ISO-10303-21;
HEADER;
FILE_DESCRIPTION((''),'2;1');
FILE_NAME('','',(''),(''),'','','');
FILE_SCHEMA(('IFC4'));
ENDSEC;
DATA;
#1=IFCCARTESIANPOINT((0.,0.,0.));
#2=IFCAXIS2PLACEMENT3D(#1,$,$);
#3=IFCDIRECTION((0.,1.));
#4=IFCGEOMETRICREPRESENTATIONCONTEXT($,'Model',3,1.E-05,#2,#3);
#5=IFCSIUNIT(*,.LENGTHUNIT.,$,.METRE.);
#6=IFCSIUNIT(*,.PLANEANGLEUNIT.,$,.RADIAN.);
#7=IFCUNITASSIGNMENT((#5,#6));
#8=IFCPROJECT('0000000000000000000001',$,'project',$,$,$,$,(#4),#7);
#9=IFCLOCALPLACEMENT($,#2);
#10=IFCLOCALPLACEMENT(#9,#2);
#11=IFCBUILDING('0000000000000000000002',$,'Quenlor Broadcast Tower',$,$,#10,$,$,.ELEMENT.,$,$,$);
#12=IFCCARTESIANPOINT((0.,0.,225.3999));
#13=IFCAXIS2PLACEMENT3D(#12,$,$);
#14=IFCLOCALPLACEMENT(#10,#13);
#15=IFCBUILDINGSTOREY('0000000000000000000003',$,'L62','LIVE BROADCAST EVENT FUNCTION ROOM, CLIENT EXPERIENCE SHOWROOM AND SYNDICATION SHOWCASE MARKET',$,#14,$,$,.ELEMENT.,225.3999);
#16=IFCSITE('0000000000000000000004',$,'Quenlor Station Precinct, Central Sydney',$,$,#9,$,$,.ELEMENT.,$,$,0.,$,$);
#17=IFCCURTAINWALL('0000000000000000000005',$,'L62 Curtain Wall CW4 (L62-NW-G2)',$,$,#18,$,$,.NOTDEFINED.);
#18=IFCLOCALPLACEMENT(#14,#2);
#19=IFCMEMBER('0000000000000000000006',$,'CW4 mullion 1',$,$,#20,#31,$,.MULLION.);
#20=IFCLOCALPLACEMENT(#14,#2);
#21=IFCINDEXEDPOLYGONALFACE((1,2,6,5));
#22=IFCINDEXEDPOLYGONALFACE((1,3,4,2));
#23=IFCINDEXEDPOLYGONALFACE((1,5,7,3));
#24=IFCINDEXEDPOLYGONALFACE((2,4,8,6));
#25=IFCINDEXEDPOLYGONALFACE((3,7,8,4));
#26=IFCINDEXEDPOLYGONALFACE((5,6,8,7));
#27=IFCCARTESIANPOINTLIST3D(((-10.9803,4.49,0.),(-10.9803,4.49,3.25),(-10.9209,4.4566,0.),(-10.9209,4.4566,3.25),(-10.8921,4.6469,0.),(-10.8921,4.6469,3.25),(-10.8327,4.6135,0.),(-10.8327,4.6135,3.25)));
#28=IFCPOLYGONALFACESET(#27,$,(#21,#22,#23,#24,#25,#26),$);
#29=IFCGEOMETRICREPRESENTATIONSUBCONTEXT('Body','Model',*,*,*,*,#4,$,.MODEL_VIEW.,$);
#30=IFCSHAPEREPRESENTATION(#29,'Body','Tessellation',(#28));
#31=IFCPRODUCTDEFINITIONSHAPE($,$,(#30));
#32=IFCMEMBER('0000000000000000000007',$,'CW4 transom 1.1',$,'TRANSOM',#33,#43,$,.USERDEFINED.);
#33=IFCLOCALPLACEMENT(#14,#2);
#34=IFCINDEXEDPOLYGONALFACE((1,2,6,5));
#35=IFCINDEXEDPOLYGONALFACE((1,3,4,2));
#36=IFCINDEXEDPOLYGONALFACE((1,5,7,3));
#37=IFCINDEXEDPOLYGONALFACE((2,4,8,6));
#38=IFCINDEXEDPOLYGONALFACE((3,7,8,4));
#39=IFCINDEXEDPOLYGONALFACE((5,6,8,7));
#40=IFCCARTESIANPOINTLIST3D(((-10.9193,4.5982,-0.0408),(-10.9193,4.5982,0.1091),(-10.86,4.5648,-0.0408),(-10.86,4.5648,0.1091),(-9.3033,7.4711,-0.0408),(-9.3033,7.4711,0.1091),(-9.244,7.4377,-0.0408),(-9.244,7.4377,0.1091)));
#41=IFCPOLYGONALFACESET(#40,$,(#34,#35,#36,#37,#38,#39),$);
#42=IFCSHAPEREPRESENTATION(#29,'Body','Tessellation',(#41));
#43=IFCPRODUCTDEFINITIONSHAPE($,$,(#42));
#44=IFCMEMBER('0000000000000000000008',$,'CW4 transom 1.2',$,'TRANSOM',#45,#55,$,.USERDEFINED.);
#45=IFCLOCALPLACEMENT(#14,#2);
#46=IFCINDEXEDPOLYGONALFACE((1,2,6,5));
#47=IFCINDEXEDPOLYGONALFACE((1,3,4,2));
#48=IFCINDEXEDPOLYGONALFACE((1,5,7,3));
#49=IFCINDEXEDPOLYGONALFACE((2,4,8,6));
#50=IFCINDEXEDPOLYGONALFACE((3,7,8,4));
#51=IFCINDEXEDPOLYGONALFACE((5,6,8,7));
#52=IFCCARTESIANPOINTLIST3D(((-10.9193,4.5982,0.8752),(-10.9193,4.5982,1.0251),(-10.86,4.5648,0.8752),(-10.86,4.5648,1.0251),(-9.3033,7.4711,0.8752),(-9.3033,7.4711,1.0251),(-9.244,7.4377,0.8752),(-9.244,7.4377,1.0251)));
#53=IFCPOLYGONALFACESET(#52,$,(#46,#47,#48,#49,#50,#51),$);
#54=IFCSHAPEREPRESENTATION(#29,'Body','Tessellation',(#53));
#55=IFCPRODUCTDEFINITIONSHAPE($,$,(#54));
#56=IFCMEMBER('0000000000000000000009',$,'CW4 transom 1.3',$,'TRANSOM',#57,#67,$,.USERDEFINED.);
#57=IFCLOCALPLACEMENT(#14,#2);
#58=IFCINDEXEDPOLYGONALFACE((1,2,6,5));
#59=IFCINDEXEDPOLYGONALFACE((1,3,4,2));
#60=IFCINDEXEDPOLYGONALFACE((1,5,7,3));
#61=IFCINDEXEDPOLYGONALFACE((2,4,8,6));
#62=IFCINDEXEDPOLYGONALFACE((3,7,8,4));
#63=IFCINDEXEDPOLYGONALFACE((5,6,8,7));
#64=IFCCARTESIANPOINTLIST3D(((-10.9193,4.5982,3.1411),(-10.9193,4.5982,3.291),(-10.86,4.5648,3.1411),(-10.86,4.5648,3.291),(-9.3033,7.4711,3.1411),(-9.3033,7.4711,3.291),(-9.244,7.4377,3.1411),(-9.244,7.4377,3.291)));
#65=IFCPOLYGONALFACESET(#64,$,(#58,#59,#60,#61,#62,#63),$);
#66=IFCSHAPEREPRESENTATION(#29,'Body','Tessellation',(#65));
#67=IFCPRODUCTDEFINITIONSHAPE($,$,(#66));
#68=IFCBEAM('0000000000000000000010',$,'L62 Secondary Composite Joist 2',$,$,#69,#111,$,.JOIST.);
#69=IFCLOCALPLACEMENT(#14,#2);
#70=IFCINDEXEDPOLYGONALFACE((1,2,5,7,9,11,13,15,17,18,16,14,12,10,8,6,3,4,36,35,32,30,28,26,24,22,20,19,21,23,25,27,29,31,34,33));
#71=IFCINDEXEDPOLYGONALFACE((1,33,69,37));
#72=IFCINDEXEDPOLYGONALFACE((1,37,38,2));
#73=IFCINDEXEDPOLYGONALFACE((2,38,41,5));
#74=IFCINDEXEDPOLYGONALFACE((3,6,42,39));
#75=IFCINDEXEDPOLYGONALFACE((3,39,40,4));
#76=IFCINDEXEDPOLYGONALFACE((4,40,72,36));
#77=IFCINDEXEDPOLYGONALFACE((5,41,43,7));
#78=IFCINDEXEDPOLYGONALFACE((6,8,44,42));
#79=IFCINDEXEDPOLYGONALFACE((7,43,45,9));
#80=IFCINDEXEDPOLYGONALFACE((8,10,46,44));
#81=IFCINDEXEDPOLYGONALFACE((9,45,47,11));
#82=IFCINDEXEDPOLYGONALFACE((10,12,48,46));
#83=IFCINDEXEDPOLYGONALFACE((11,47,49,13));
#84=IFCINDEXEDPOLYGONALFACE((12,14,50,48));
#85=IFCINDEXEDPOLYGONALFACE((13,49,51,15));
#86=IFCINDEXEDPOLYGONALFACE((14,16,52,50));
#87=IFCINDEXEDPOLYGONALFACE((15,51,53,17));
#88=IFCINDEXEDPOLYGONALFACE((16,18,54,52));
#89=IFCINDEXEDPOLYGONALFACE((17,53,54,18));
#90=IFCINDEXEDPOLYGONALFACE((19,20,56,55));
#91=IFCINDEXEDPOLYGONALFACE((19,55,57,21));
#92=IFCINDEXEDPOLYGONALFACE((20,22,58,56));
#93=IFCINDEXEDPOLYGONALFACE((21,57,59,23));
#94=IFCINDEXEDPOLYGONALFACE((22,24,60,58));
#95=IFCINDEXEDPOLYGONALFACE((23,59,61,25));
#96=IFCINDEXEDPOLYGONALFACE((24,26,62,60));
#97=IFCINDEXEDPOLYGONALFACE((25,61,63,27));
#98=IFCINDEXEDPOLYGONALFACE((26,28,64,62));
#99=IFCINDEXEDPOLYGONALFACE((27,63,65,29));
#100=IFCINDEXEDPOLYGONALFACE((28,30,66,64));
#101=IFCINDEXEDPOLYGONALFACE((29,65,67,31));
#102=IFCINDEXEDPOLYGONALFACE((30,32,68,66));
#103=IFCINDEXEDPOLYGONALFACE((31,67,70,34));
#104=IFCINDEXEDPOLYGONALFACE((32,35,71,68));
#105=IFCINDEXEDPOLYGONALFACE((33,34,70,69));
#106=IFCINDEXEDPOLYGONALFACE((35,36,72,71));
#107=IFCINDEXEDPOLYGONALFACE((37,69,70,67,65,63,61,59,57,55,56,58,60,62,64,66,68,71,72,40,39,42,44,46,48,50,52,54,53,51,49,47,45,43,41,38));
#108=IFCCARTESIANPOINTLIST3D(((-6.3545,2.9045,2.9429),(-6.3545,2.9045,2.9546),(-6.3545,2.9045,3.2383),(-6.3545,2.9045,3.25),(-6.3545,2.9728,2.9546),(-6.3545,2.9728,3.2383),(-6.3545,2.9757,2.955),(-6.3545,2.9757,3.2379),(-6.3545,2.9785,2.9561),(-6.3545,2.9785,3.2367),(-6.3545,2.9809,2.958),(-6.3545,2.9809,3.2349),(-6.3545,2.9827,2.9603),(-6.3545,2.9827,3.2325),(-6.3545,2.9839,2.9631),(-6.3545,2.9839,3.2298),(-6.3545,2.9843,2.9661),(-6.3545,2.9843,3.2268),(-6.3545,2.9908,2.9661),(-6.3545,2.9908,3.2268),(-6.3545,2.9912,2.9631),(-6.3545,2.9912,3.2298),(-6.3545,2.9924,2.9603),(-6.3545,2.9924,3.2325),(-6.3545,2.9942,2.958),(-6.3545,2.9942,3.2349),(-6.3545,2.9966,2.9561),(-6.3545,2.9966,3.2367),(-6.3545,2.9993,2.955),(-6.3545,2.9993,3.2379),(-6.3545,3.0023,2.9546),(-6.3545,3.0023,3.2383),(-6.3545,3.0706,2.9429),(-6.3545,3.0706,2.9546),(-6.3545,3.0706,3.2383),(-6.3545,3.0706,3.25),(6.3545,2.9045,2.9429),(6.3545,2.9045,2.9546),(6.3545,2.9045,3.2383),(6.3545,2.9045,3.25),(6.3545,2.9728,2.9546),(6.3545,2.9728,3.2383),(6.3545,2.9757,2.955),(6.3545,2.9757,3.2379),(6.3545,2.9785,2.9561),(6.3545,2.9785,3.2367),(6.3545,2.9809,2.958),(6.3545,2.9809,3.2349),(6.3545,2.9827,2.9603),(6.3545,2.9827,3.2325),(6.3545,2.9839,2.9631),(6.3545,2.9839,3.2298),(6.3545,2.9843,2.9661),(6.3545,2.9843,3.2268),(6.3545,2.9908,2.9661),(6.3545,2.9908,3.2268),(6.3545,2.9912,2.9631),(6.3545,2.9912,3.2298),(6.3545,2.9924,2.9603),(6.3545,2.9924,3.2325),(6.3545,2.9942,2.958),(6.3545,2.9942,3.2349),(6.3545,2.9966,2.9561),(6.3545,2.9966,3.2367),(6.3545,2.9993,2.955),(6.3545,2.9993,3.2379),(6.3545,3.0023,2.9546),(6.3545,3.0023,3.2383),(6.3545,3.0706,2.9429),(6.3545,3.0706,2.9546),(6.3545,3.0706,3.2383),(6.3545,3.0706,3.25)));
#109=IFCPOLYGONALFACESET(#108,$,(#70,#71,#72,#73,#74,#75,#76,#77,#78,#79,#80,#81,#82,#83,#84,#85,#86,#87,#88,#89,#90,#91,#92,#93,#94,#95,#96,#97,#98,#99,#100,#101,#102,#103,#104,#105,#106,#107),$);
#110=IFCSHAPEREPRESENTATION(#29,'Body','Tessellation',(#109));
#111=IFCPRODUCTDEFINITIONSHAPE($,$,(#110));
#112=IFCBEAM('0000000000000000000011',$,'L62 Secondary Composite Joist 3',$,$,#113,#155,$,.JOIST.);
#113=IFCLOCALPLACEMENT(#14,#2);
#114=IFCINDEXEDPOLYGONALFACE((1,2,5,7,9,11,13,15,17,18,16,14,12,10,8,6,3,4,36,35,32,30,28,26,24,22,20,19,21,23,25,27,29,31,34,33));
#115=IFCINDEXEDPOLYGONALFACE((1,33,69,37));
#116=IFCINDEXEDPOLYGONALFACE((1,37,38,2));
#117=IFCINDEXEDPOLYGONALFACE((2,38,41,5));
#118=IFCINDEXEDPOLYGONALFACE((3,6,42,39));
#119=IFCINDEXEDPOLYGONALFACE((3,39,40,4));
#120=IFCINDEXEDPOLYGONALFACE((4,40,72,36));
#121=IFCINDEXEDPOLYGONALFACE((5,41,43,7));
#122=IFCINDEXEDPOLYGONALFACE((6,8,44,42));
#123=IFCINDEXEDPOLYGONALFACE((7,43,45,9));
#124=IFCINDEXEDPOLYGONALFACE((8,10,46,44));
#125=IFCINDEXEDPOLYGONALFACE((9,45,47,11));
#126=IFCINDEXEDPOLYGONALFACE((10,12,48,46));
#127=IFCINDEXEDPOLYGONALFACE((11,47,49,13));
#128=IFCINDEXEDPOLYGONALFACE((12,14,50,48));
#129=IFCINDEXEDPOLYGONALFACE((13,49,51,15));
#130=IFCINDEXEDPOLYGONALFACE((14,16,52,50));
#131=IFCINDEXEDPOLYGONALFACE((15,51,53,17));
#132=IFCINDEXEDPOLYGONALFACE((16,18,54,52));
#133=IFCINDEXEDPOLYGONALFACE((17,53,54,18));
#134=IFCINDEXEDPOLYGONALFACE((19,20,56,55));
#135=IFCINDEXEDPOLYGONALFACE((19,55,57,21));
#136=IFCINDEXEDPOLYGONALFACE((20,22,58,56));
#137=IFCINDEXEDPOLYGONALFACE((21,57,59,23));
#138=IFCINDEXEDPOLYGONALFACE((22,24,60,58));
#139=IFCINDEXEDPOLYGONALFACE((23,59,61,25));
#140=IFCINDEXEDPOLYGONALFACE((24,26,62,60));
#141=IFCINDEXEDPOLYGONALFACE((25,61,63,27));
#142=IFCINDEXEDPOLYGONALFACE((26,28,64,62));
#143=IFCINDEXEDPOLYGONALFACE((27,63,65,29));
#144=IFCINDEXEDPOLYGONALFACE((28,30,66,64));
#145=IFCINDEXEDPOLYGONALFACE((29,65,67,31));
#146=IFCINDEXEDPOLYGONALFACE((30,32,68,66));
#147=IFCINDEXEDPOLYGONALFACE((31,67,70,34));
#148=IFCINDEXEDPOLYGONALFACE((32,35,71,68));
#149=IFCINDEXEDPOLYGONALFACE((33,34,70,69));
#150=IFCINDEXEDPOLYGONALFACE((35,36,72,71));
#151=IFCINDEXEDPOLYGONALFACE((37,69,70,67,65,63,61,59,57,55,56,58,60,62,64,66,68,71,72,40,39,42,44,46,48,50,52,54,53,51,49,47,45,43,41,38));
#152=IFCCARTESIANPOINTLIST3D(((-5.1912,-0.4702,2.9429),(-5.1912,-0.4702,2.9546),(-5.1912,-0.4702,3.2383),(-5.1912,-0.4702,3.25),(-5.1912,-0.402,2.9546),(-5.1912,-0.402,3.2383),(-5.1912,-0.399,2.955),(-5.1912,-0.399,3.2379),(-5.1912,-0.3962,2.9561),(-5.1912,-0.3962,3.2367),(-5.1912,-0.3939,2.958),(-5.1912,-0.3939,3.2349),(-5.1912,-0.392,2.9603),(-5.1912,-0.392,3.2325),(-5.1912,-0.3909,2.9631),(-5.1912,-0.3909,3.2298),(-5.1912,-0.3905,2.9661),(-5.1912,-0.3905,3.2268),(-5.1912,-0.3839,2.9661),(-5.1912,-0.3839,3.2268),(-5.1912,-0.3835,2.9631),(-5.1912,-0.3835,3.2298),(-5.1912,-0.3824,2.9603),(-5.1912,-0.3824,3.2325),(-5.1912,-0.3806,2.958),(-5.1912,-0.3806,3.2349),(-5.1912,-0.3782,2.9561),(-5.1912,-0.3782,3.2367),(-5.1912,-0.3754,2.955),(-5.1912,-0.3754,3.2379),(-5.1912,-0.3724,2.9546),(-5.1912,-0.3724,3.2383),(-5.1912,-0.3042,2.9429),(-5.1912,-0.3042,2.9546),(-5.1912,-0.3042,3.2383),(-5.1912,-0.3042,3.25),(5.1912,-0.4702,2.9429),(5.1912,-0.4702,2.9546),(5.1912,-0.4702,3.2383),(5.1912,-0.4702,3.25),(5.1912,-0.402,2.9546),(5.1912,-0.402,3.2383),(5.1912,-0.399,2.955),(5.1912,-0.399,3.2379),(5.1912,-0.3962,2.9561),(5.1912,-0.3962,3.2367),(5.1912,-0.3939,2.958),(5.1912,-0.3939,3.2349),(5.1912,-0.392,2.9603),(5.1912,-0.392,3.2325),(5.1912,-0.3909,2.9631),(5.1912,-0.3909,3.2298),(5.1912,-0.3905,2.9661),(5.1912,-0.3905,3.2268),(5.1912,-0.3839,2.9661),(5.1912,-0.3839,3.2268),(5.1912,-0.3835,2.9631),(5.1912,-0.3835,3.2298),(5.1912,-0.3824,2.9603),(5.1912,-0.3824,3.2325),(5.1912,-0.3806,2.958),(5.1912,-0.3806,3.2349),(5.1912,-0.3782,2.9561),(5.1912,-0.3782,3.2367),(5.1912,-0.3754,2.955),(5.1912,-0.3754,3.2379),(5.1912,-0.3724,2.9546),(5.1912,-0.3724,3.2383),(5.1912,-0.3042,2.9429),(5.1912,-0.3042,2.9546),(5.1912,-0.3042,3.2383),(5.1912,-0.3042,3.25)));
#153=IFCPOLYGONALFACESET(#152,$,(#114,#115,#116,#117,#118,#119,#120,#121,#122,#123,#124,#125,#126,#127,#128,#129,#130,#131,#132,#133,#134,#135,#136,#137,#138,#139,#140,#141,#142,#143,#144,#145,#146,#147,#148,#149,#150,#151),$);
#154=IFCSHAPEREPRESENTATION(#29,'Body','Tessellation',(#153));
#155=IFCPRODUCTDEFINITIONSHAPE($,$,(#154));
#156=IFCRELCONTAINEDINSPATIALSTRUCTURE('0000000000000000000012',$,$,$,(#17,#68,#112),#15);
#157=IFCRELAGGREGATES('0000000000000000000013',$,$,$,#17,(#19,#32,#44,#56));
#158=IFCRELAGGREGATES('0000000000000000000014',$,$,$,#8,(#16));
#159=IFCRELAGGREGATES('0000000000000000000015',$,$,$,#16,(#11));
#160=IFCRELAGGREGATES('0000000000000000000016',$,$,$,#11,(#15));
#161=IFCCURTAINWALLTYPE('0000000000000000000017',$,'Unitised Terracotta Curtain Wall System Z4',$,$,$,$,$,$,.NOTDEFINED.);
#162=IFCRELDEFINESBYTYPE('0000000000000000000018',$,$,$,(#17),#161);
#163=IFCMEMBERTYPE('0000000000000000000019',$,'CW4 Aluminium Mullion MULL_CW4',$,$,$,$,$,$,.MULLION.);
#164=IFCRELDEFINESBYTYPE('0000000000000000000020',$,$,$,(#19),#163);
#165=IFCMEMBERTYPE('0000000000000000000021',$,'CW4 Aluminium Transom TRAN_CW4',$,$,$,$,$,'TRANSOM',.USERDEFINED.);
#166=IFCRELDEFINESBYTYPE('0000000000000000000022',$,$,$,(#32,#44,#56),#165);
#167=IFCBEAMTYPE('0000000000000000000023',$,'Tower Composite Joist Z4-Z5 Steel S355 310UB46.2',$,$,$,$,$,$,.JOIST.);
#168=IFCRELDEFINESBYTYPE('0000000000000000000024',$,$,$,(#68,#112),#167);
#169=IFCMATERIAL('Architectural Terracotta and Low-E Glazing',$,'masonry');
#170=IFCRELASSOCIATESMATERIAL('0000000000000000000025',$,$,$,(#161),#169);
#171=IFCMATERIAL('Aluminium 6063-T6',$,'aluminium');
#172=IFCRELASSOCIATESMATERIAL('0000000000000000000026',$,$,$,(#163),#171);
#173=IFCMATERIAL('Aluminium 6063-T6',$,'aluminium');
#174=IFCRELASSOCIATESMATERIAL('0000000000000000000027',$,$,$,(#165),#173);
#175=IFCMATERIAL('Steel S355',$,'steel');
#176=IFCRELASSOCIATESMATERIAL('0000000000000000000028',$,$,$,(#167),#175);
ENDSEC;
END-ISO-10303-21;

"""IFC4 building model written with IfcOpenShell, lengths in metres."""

from ifc_helpers import new_model, si_unit, direction, frame, origin, origin_2d, place, context, subcontext, project, spatial, rectangle, i_section, extrude, material, material_profile, profile_set, type_object, element, aggregate, save


model = new_model("IFC4")

# Units and contexts
model_context = context("Model", 3, precision=1e-05, world=origin(), true_north=direction((0.0, 1.0)))
body_context = subcontext(model_context, "Body", "Model", "MODEL_VIEW")
ifc_project = project(units=[si_unit("LENGTHUNIT", "METRE"), si_unit("PLANEANGLEUNIT", "RADIAN")], contexts=[model_context])

# Site, building, storey
site_placement = place(None, origin())
site = spatial("IfcSite", under=ifc_project, at=site_placement, Name="Quenlor Station Precinct, Central Sydney", CompositionType="ELEMENT", RefElevation=0.0)
building_placement = place(site_placement, origin())
building = spatial("IfcBuilding", under=site, at=building_placement, Name="Quenlor Broadcast Tower", CompositionType="ELEMENT")
storey_placement = place(building_placement, frame((0.0, 0.0, 225.3999)))
storey = spatial("IfcBuildingStorey", under=building, at=storey_placement, Name="L62", Description="LIVE BROADCAST EVENT FUNCTION ROOM, CLIENT EXPERIENCE SHOWROOM AND SYNDICATION SHOWCASE MARKET", CompositionType="ELEMENT", Elevation=225.3999)

# Curtain wall, members
ifc_material_1 = material(Name="Architectural Terracotta and Low-E Glazing", Category="masonry")
curtain_wall_type = type_object("IfcCurtainWallType", Name="Unitised Terracotta Curtain Wall System Z4", PredefinedType="NOTDEFINED", material=ifc_material_1)
curtain_wall_placement = place(storey_placement, origin())
curtain_wall = element("IfcCurtainWall", 1, at=curtain_wall_placement, inside=storey, type_object=curtain_wall_type, Name="L62 Curtain Wall CW4 (L62-NW-G2)", PredefinedType="NOTDEFINED")
ifc_material_2 = material(Name="Aluminium 6063-T6", Category="aluminium")
ifc_material_profile_1 = material_profile(ifc_material_2, rectangle(XDim=0.0681, YDim=0.1799, at=origin_2d()))
ifc_profile_set_1 = profile_set([ifc_material_profile_1], Name="Aluminium 6063-T6 MULL68x180")
member_type_1 = type_object("IfcMemberType", Name="CW4 Aluminium Mullion MULL_CW4", PredefinedType="MULLION", material=ifc_profile_set_1)
member_1_placement = place(storey_placement, frame((-10.9065, 4.5518, 0.0), z_axis=(0.0, 0.0, 1.0), x_axis=(-0.871578, 0.490257, 0.0)))
member_1 = element("IfcMember", 2, at=member_1_placement, type_object=member_type_1, Name="CW4 mullion 1", PredefinedType="MULLION", context=body_context, shape_type="SweptSolid", body=[
    extrude(rectangle(XDim=0.0681, YDim=0.1799, at=origin_2d()), origin(), (0.0, 0.0, 1.0), 3.25),
])
ifc_material_3 = material(Name="Aluminium 6063-T6", Category="aluminium")
ifc_material_profile_2 = material_profile(ifc_material_3, rectangle(XDim=0.0681, YDim=0.1499, at=origin_2d()))
ifc_profile_set_2 = profile_set([ifc_material_profile_2], Name="Aluminium 6063-T6 TRAN68x150")
member_type_2 = type_object("IfcMemberType", Name="CW4 Aluminium Transom TRAN_CW4", ElementType="TRANSOM", PredefinedType="USERDEFINED", material=ifc_profile_set_2)
member_2_placement = place(storey_placement, frame((-10.8896, 4.5815, 0.0342), z_axis=(0.490265, 0.871574, 0.0), x_axis=(-0.871574, 0.490265, 0.0)))
member_2 = element("IfcMember", 3, at=member_2_placement, type_object=member_type_2, Name="CW4 transom 1.1", ObjectType="TRANSOM", PredefinedType="USERDEFINED", context=body_context, shape_type="SweptSolid", body=[
    extrude(rectangle(XDim=0.0681, YDim=0.1499, at=origin_2d()), origin(), (0.0, 0.0, 1.0), 3.2961),
])
member_3_placement = place(storey_placement, frame((-10.8896, 4.5815, 0.9502), z_axis=(0.490265, 0.871574, 0.0), x_axis=(-0.871574, 0.490265, 0.0)))
member_3 = element("IfcMember", 4, at=member_3_placement, type_object=member_type_2, Name="CW4 transom 1.2", ObjectType="TRANSOM", PredefinedType="USERDEFINED", context=body_context, shape_type="SweptSolid", body=[
    extrude(rectangle(XDim=0.0681, YDim=0.1499, at=origin_2d()), origin(), (0.0, 0.0, 1.0), 3.2961),
])
member_4_placement = place(storey_placement, frame((-10.8896, 4.5815, 3.2161), z_axis=(0.490265, 0.871574, 0.0), x_axis=(-0.871574, 0.490265, 0.0)))
member_4 = element("IfcMember", 5, at=member_4_placement, type_object=member_type_2, Name="CW4 transom 1.3", ObjectType="TRANSOM", PredefinedType="USERDEFINED", context=body_context, shape_type="SweptSolid", body=[
    extrude(rectangle(XDim=0.0681, YDim=0.1499, at=origin_2d()), origin(), (0.0, 0.0, 1.0), 3.2961),
])

# Beams
ifc_material_4 = material(Name="Steel S355", Category="steel")
ifc_material_profile_3 = material_profile(ifc_material_4, i_section(OverallWidth=0.166, OverallDepth=0.3071, WebThickness=0.0066, FlangeThickness=0.0117, FilletRadius=0.0115, at=origin_2d()))
ifc_profile_set_3 = profile_set([ifc_material_profile_3], Name="Steel S355 310UB46.2")
beam_type = type_object("IfcBeamType", Name="Tower Composite Joist Z4-Z5 Steel S355 310UB46.2", PredefinedType="JOIST", material=ifc_profile_set_3)
beam_1_placement = place(storey_placement, frame((-6.3545, 2.9875, 3.0964), z_axis=(1.0, 0.0, 0.0), x_axis=(0.0, 1.0, 0.0)))
element("IfcBeam", 6, at=beam_1_placement, inside=storey, type_object=beam_type, Name="L62 Secondary Composite Joist 2", PredefinedType="JOIST", context=body_context, shape_type="SweptSolid", body=[
    extrude(i_section(OverallWidth=0.166, OverallDepth=0.3071, WebThickness=0.0066, FlangeThickness=0.0117, FilletRadius=0.0115, at=origin_2d()), origin(), (0.0, 0.0, 1.0), 12.709),
])
beam_2_placement = place(storey_placement, frame((-5.1912, -0.3872, 3.0964), z_axis=(1.0, 0.0, 0.0), x_axis=(0.0, 1.0, 0.0)))
element("IfcBeam", 7, at=beam_2_placement, inside=storey, type_object=beam_type, Name="L62 Secondary Composite Joist 3", PredefinedType="JOIST", context=body_context, shape_type="SweptSolid", body=[
    extrude(i_section(OverallWidth=0.166, OverallDepth=0.3071, WebThickness=0.0066, FlangeThickness=0.0117, FilletRadius=0.0115, at=origin_2d()), origin(), (0.0, 0.0, 1.0), 10.3823),
])

aggregate(curtain_wall, [member_1, member_2, member_3, member_4])

save(model, "model.ifc")
